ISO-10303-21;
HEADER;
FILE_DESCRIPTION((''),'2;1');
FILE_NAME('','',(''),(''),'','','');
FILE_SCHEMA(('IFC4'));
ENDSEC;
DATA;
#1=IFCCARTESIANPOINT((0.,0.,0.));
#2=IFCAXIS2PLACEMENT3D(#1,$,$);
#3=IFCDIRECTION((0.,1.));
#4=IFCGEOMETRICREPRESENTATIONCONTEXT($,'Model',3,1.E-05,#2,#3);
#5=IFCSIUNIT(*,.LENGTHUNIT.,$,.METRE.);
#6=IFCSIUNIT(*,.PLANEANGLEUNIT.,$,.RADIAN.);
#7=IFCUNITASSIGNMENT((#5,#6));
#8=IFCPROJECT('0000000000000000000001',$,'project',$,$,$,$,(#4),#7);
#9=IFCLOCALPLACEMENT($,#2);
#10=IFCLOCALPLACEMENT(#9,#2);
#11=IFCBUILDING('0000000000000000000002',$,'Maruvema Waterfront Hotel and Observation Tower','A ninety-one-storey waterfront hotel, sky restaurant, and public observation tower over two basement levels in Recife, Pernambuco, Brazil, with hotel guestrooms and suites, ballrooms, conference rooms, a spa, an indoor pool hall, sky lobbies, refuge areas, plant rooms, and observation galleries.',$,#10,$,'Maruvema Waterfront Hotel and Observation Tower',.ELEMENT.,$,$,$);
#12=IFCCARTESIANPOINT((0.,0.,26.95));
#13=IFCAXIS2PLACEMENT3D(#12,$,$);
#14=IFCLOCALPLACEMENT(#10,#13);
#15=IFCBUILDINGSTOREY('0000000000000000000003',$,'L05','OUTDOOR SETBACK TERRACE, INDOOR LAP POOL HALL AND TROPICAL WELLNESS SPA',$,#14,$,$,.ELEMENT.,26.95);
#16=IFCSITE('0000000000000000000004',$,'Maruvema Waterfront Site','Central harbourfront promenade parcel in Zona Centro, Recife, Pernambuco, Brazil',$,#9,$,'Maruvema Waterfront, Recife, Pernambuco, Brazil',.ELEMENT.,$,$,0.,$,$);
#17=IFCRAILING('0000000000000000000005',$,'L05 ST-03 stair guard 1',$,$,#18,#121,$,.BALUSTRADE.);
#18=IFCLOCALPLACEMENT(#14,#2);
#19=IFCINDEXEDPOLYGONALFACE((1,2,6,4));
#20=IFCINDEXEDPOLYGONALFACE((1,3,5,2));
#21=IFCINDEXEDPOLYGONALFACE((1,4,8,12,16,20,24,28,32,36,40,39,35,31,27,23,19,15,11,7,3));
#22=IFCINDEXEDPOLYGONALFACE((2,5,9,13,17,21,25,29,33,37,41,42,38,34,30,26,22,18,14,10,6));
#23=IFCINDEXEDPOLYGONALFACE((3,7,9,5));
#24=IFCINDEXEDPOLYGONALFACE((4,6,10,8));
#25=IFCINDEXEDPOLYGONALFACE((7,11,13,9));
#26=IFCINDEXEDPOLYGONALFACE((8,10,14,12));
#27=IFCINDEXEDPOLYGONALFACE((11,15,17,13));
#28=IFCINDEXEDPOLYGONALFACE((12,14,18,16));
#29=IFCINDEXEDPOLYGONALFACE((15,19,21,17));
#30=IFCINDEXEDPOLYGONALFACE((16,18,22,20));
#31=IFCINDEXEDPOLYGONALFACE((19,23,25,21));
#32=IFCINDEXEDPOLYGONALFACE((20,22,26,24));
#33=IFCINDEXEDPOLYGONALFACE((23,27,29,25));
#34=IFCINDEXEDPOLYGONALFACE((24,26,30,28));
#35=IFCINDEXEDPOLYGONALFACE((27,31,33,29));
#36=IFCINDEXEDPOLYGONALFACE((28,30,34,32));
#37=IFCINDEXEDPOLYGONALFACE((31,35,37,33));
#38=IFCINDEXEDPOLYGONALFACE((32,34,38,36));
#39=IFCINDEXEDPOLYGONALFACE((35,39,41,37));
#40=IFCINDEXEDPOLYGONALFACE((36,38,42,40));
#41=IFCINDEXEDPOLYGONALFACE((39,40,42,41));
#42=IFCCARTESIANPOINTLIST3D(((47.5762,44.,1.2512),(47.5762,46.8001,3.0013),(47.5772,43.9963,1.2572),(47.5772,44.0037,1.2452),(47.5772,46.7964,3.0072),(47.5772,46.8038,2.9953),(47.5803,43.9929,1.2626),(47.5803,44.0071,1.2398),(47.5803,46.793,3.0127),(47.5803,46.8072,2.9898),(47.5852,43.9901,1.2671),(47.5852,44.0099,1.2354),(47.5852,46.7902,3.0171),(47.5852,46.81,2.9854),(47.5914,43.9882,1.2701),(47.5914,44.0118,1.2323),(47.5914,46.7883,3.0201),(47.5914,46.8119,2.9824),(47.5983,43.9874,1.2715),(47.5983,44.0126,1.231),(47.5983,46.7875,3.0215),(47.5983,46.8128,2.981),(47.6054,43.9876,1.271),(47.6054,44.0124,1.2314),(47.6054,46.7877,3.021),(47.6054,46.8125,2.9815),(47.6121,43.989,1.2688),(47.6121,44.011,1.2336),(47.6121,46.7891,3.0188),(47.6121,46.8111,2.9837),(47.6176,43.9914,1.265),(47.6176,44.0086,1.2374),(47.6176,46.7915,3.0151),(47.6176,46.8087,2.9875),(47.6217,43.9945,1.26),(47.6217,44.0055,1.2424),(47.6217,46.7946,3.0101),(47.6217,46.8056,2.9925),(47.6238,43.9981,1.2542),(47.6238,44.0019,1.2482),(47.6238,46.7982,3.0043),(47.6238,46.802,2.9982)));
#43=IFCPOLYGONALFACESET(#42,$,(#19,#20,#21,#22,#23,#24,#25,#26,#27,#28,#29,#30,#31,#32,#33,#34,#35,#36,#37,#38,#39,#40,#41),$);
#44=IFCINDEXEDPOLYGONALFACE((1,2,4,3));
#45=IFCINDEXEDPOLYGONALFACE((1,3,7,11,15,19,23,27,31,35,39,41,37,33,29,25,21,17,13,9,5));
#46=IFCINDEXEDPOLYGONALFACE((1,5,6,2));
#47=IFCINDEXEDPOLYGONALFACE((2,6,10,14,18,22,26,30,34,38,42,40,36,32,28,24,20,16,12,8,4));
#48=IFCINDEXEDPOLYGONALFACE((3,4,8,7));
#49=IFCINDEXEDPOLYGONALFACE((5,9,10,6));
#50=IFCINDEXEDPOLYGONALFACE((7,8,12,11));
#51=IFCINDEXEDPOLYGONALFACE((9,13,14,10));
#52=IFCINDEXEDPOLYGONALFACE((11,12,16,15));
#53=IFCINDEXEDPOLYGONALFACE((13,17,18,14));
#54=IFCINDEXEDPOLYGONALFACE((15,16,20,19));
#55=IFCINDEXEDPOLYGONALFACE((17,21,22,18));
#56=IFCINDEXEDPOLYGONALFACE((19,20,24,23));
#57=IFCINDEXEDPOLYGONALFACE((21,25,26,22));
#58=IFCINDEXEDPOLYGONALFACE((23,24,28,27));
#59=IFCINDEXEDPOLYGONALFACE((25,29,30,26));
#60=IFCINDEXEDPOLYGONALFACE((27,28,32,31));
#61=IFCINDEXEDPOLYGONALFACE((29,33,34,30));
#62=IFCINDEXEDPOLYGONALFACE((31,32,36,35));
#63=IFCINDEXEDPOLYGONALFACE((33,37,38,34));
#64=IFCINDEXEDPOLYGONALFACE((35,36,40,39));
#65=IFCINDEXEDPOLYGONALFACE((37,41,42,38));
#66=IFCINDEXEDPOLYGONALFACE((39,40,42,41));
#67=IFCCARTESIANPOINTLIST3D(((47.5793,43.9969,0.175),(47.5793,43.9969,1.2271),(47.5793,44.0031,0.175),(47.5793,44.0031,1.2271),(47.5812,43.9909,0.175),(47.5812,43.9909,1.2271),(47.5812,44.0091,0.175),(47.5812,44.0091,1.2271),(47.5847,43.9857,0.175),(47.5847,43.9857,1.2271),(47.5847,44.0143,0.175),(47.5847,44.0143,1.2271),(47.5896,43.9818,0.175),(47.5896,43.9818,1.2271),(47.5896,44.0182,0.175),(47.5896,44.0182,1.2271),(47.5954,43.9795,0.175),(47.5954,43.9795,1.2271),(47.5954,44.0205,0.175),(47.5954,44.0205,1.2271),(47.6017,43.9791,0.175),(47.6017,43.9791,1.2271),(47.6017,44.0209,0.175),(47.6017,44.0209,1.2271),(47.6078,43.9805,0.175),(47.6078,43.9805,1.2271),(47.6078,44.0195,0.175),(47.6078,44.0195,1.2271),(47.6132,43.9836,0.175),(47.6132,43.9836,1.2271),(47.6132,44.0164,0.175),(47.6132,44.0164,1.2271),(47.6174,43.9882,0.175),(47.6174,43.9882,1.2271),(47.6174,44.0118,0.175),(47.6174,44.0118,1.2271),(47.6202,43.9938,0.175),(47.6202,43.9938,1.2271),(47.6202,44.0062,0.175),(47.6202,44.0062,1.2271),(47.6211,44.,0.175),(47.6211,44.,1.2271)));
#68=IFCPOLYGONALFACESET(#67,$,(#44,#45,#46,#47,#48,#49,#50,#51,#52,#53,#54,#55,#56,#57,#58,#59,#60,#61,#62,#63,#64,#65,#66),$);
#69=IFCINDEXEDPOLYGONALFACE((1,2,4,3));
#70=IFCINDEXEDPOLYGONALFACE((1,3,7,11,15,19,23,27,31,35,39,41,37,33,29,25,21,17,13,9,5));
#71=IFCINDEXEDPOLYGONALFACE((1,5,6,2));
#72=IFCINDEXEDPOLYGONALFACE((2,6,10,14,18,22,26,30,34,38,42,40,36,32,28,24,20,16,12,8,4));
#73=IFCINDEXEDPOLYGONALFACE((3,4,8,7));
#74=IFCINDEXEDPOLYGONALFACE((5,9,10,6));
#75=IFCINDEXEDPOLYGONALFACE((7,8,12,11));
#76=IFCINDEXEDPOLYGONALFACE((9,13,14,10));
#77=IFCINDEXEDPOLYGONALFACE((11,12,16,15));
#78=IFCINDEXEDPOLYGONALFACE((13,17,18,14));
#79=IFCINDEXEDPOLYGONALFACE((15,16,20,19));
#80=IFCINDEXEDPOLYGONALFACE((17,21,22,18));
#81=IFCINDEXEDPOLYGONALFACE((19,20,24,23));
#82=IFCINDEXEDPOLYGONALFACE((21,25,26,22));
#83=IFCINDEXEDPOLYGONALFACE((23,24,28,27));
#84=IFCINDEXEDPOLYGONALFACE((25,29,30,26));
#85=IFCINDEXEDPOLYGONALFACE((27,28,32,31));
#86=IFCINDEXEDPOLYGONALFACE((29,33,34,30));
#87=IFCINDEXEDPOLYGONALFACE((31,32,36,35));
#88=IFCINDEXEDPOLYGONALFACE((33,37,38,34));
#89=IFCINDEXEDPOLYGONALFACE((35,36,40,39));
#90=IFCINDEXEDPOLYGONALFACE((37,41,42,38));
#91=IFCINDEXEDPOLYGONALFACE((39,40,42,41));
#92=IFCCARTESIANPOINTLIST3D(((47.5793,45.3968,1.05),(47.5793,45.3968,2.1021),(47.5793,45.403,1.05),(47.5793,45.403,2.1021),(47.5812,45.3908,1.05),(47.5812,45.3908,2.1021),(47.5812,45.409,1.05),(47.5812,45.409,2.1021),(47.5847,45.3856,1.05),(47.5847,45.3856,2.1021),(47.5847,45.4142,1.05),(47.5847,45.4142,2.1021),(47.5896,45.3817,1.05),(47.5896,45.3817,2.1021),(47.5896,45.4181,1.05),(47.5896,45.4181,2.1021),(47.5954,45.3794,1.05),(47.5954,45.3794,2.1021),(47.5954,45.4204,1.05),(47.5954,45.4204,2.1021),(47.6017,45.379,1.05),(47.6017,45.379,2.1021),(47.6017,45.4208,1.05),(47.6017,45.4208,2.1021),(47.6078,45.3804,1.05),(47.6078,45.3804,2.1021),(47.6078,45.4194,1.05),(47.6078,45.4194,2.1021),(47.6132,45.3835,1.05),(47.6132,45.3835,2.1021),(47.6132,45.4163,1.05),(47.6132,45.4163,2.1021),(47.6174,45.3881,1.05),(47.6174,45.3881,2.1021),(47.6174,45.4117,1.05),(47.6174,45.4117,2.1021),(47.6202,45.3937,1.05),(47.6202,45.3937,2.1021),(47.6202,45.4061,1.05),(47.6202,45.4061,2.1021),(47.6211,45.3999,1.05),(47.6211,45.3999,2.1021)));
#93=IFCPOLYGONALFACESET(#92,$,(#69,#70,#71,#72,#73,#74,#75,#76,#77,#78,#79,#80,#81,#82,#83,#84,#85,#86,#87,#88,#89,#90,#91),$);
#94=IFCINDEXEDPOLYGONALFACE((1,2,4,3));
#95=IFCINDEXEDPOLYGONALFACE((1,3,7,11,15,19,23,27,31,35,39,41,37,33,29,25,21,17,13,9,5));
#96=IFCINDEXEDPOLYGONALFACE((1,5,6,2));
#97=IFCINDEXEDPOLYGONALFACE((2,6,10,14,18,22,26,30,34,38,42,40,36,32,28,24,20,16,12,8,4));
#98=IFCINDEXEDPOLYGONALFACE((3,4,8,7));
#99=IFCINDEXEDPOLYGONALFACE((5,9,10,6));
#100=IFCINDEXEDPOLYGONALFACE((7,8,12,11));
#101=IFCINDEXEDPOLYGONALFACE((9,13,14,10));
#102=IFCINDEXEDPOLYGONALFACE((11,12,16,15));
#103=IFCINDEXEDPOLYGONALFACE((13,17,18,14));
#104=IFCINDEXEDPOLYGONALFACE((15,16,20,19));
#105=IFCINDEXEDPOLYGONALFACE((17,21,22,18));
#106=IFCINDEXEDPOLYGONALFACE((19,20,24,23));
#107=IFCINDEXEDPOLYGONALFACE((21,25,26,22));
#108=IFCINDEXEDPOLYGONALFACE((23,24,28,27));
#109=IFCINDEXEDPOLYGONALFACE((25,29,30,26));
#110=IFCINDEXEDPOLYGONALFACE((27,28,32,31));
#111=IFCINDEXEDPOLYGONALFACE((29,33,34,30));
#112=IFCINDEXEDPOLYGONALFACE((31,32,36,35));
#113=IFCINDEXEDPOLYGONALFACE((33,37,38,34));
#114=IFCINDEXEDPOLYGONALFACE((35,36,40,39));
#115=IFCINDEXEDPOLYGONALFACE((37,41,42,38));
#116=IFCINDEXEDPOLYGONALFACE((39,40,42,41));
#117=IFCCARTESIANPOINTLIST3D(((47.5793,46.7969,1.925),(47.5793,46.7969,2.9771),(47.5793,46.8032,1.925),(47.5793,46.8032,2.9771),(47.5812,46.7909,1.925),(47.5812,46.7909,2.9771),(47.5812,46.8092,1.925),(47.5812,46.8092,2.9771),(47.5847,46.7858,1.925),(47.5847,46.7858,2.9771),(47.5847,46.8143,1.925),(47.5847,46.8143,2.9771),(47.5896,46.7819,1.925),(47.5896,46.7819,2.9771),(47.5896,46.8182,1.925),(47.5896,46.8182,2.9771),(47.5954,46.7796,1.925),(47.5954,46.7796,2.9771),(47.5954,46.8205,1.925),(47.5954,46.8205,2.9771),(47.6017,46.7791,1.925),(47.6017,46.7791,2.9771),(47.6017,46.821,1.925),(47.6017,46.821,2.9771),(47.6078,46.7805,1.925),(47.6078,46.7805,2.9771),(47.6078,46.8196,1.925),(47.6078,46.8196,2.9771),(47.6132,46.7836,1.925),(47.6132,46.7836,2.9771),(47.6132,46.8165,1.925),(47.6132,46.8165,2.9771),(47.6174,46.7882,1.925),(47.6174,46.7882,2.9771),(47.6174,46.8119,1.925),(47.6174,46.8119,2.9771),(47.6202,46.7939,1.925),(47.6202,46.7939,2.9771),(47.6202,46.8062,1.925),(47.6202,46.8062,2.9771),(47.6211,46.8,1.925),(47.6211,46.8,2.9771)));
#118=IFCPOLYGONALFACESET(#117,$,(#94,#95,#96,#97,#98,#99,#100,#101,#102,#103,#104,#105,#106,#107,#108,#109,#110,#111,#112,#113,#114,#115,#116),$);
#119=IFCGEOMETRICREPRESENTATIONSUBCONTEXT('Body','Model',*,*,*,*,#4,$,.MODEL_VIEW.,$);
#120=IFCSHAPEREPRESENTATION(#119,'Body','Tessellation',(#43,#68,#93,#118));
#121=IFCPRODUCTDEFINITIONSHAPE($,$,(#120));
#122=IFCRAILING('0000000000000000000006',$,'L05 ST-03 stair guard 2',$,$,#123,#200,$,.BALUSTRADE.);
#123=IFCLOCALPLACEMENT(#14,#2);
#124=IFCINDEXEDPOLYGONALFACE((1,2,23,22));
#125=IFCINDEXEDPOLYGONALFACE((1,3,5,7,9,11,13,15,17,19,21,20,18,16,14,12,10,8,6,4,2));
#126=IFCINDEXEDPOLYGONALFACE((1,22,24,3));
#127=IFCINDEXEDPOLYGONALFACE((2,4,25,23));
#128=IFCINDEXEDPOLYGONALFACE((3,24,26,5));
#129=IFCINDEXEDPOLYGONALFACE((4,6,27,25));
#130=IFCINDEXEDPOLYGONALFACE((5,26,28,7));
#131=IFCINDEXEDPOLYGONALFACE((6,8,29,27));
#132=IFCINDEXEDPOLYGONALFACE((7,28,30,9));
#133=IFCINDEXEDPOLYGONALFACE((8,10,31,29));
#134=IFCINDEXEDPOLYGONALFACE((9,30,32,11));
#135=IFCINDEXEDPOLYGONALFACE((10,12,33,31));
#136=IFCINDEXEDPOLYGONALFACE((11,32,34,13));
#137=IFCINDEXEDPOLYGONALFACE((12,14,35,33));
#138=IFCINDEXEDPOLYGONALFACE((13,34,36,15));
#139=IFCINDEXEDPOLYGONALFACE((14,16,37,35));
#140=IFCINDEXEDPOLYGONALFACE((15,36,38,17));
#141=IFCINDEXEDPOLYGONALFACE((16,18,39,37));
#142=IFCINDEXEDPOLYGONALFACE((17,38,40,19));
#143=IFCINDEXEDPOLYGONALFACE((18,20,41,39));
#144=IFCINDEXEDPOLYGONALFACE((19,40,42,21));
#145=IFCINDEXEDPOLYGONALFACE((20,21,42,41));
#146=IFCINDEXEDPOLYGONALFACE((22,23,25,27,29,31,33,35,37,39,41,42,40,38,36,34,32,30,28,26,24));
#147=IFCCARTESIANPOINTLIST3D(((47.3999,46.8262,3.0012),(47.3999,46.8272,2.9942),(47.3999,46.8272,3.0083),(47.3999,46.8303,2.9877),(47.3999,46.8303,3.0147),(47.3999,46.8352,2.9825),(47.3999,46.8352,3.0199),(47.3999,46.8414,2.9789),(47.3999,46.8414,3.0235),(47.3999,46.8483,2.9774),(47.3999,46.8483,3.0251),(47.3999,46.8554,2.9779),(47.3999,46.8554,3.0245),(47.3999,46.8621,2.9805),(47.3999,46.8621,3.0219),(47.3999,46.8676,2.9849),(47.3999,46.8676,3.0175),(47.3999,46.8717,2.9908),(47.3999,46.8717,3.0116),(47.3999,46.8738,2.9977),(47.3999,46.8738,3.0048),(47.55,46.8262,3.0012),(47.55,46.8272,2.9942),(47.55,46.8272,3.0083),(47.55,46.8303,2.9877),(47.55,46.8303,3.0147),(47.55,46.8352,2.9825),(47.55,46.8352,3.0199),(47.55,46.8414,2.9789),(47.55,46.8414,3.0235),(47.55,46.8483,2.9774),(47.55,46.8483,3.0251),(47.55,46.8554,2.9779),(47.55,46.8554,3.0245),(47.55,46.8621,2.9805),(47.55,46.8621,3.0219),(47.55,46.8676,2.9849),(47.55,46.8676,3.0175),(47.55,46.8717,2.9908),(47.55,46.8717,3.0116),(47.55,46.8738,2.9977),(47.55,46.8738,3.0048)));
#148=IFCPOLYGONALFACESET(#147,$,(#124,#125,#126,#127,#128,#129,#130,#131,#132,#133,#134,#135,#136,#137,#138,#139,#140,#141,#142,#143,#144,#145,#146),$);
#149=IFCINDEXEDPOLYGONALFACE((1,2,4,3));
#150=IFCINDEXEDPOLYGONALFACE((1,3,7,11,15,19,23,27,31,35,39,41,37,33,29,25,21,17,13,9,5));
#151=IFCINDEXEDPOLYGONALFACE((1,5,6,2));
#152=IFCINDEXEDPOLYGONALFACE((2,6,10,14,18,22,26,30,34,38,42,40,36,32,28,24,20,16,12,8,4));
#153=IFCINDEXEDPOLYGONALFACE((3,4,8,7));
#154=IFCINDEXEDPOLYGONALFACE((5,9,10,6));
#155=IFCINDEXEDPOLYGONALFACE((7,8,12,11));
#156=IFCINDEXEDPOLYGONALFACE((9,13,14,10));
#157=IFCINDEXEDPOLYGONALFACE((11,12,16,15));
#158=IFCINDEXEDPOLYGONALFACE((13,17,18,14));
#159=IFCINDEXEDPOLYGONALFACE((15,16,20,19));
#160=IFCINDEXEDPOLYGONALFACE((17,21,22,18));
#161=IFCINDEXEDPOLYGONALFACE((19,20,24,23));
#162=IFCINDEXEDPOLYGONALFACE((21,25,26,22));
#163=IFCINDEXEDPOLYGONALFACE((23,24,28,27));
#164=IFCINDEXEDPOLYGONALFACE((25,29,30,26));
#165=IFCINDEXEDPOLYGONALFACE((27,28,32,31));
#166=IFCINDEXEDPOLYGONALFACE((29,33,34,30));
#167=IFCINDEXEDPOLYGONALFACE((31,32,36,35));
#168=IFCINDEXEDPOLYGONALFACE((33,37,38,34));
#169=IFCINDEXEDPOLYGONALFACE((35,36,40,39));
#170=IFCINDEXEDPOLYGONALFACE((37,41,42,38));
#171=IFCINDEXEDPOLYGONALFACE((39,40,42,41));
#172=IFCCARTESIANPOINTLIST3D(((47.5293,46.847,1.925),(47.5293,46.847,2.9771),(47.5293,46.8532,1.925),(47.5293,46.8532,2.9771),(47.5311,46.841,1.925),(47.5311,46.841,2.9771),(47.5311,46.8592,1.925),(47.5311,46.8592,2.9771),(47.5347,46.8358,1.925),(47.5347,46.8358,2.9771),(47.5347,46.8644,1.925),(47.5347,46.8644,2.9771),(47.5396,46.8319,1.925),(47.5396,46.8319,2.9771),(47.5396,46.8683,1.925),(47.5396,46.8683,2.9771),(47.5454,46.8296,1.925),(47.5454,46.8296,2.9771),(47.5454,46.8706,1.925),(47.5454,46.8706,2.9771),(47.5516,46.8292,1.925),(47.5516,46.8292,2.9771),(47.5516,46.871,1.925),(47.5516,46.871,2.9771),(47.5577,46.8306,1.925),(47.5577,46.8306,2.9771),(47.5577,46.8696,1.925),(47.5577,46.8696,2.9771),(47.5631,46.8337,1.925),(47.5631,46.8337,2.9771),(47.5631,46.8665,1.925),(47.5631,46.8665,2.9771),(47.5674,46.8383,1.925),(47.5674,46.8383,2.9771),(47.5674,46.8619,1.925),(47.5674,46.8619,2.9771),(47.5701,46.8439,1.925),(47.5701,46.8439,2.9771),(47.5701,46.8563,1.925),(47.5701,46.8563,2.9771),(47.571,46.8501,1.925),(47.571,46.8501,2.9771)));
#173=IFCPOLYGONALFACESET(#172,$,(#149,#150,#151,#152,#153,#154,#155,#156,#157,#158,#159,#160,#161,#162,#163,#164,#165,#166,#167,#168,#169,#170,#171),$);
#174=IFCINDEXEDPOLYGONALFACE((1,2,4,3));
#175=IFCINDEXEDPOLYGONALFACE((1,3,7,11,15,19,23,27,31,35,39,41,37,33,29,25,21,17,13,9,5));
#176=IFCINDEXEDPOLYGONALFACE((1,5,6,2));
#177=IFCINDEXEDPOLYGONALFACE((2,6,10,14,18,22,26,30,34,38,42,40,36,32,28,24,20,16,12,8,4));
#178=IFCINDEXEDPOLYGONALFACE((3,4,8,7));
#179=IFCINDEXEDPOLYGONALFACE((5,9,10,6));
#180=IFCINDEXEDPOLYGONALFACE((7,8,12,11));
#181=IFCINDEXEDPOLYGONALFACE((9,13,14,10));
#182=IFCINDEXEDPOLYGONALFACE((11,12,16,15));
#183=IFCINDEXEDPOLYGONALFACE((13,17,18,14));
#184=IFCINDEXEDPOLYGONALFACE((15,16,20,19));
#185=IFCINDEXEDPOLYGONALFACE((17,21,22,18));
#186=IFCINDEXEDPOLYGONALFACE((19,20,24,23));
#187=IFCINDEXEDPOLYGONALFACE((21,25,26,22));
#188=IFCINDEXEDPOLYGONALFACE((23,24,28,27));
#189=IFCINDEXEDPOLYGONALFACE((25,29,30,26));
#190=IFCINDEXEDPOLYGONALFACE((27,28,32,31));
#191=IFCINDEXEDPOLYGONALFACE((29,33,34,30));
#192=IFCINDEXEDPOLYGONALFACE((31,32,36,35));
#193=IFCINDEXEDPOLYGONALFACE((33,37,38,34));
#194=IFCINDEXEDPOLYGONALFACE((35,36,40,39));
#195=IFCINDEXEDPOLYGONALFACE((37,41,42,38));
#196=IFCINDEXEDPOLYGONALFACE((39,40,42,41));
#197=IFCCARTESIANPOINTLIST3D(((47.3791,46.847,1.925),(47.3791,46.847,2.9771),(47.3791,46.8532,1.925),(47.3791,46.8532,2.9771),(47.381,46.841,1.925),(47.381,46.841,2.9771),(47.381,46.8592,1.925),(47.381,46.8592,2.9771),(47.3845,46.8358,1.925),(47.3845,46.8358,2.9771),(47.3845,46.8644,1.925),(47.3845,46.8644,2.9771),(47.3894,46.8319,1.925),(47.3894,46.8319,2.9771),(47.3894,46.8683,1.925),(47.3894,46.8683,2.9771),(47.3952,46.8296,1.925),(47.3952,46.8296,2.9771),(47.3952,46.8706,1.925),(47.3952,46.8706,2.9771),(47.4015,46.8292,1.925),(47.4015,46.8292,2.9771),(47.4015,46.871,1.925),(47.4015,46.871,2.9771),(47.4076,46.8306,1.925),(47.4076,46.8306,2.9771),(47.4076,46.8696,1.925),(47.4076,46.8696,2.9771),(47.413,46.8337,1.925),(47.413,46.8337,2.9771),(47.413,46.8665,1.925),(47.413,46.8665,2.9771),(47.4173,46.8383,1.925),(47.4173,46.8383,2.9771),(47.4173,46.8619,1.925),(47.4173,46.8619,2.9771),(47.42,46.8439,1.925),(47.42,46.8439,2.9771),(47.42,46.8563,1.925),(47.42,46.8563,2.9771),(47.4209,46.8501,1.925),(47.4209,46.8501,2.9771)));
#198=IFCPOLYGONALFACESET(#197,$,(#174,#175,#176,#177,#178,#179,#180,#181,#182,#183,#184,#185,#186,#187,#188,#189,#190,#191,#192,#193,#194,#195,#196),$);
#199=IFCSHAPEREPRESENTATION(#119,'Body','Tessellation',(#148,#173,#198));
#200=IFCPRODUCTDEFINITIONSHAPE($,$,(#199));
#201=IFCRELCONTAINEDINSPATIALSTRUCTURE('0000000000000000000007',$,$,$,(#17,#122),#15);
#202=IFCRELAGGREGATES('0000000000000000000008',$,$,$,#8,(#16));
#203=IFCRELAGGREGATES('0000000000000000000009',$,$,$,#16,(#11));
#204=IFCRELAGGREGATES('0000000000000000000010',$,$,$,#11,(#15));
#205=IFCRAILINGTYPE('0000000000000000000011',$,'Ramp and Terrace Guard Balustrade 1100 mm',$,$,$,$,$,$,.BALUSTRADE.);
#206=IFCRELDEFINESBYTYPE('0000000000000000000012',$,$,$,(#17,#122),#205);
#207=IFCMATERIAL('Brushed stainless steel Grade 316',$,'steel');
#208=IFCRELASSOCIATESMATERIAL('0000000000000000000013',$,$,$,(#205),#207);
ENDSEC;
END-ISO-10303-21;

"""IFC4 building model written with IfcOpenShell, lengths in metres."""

from ifc_helpers import new_model, si_unit, direction, frame, origin, origin_2d, place, context, subcontext, project, spatial, circle, extrude, material, type_object, element, save


model = new_model("IFC4")

# Units and contexts
model_context = context("Model", 3, precision=1e-05, world=origin(), true_north=direction((0.0, 1.0)))
body_context = subcontext(model_context, "Body", "Model", "MODEL_VIEW")
ifc_project = project(units=[si_unit("LENGTHUNIT", "METRE"), si_unit("PLANEANGLEUNIT", "RADIAN")], contexts=[model_context])

# Site, building, storey
site_placement = place(None, origin())
site = spatial("IfcSite", under=ifc_project, at=site_placement, Name="Maruvema Waterfront Site", Description="Central harbourfront promenade parcel in Zona Centro, Recife, Pernambuco, Brazil", LongName="Maruvema Waterfront, Recife, Pernambuco, Brazil", CompositionType="ELEMENT", RefElevation=0.0)
building_placement = place(site_placement, origin())
building = spatial("IfcBuilding", under=site, at=building_placement, Name="Maruvema Waterfront Hotel and Observation Tower", Description="A ninety-one-storey waterfront hotel, sky restaurant, and public observation tower over two basement levels in Recife, Pernambuco, Brazil, with hotel guestrooms and suites, ballrooms, conference rooms, a spa, an indoor pool hall, sky lobbies, refuge areas, plant rooms, and observation galleries.", LongName="Maruvema Waterfront Hotel and Observation Tower", CompositionType="ELEMENT")
storey_placement = place(building_placement, frame((0.0, 0.0, 26.95)))
storey = spatial("IfcBuildingStorey", under=building, at=storey_placement, Name="L05", Description="OUTDOOR SETBACK TERRACE, INDOOR LAP POOL HALL AND TROPICAL WELLNESS SPA", CompositionType="ELEMENT", Elevation=26.95)

# Railings
ifc_material_1 = material(Name="Brushed stainless steel Grade 316", Category="steel")
railing_type_1 = type_object("IfcRailingType", Name="Ramp and Terrace Guard Balustrade 1100 mm", PredefinedType="BALUSTRADE", material=ifc_material_1)
railing_1_placement = place(storey_placement, frame((47.6001, 44.0, 0.175)))
element("IfcRailing", 1, at=railing_1_placement, inside=storey, type_object=railing_type_1, Name="L05 ST-03 stair guard 1", PredefinedType="BALUSTRADE", context=body_context, shape_type="SweptSolid", body=[
    extrude(circle(Radius=0.0239, at=origin_2d()), frame((0.0, 0.0, 1.0762), z_axis=(0.0, 0.848002, 0.529992), x_axis=(-1.0, 0.0, 0.0)), (0.0, 0.0, 1.0), 3.302),
    extrude(circle(Radius=0.021, at=origin_2d()), origin(), (0.0, 0.0, 1.0), 1.052),
    extrude(circle(Radius=0.021, at=origin_2d()), frame((0.0, 1.3999, 0.875)), (0.0, 0.0, 1.0), 1.052),
    extrude(circle(Radius=0.021, at=origin_2d()), frame((0.0, 2.8, 1.75)), (0.0, 0.0, 1.0), 1.052),
])
railing_2_placement = place(storey_placement, frame((47.55, 46.8501, 1.925)))
element("IfcRailing", 2, at=railing_2_placement, inside=storey, type_object=railing_type_1, Name="L05 ST-03 stair guard 2", PredefinedType="BALUSTRADE", context=body_context, shape_type="SweptSolid", body=[
    extrude(circle(Radius=0.0239, at=origin_2d()), frame((0.0, 0.0, 1.0762), z_axis=(-1.0, 0.0, 0.0), x_axis=(0.0, -1.0, 0.0)), (0.0, 0.0, 1.0), 0.1501),
    extrude(circle(Radius=0.021, at=origin_2d()), origin(), (0.0, 0.0, 1.0), 1.052),
    extrude(circle(Radius=0.021, at=origin_2d()), frame((-0.1501, 0.0, 0.0)), (0.0, 0.0, 1.0), 1.052),
])

save(model, "model.ifc")
